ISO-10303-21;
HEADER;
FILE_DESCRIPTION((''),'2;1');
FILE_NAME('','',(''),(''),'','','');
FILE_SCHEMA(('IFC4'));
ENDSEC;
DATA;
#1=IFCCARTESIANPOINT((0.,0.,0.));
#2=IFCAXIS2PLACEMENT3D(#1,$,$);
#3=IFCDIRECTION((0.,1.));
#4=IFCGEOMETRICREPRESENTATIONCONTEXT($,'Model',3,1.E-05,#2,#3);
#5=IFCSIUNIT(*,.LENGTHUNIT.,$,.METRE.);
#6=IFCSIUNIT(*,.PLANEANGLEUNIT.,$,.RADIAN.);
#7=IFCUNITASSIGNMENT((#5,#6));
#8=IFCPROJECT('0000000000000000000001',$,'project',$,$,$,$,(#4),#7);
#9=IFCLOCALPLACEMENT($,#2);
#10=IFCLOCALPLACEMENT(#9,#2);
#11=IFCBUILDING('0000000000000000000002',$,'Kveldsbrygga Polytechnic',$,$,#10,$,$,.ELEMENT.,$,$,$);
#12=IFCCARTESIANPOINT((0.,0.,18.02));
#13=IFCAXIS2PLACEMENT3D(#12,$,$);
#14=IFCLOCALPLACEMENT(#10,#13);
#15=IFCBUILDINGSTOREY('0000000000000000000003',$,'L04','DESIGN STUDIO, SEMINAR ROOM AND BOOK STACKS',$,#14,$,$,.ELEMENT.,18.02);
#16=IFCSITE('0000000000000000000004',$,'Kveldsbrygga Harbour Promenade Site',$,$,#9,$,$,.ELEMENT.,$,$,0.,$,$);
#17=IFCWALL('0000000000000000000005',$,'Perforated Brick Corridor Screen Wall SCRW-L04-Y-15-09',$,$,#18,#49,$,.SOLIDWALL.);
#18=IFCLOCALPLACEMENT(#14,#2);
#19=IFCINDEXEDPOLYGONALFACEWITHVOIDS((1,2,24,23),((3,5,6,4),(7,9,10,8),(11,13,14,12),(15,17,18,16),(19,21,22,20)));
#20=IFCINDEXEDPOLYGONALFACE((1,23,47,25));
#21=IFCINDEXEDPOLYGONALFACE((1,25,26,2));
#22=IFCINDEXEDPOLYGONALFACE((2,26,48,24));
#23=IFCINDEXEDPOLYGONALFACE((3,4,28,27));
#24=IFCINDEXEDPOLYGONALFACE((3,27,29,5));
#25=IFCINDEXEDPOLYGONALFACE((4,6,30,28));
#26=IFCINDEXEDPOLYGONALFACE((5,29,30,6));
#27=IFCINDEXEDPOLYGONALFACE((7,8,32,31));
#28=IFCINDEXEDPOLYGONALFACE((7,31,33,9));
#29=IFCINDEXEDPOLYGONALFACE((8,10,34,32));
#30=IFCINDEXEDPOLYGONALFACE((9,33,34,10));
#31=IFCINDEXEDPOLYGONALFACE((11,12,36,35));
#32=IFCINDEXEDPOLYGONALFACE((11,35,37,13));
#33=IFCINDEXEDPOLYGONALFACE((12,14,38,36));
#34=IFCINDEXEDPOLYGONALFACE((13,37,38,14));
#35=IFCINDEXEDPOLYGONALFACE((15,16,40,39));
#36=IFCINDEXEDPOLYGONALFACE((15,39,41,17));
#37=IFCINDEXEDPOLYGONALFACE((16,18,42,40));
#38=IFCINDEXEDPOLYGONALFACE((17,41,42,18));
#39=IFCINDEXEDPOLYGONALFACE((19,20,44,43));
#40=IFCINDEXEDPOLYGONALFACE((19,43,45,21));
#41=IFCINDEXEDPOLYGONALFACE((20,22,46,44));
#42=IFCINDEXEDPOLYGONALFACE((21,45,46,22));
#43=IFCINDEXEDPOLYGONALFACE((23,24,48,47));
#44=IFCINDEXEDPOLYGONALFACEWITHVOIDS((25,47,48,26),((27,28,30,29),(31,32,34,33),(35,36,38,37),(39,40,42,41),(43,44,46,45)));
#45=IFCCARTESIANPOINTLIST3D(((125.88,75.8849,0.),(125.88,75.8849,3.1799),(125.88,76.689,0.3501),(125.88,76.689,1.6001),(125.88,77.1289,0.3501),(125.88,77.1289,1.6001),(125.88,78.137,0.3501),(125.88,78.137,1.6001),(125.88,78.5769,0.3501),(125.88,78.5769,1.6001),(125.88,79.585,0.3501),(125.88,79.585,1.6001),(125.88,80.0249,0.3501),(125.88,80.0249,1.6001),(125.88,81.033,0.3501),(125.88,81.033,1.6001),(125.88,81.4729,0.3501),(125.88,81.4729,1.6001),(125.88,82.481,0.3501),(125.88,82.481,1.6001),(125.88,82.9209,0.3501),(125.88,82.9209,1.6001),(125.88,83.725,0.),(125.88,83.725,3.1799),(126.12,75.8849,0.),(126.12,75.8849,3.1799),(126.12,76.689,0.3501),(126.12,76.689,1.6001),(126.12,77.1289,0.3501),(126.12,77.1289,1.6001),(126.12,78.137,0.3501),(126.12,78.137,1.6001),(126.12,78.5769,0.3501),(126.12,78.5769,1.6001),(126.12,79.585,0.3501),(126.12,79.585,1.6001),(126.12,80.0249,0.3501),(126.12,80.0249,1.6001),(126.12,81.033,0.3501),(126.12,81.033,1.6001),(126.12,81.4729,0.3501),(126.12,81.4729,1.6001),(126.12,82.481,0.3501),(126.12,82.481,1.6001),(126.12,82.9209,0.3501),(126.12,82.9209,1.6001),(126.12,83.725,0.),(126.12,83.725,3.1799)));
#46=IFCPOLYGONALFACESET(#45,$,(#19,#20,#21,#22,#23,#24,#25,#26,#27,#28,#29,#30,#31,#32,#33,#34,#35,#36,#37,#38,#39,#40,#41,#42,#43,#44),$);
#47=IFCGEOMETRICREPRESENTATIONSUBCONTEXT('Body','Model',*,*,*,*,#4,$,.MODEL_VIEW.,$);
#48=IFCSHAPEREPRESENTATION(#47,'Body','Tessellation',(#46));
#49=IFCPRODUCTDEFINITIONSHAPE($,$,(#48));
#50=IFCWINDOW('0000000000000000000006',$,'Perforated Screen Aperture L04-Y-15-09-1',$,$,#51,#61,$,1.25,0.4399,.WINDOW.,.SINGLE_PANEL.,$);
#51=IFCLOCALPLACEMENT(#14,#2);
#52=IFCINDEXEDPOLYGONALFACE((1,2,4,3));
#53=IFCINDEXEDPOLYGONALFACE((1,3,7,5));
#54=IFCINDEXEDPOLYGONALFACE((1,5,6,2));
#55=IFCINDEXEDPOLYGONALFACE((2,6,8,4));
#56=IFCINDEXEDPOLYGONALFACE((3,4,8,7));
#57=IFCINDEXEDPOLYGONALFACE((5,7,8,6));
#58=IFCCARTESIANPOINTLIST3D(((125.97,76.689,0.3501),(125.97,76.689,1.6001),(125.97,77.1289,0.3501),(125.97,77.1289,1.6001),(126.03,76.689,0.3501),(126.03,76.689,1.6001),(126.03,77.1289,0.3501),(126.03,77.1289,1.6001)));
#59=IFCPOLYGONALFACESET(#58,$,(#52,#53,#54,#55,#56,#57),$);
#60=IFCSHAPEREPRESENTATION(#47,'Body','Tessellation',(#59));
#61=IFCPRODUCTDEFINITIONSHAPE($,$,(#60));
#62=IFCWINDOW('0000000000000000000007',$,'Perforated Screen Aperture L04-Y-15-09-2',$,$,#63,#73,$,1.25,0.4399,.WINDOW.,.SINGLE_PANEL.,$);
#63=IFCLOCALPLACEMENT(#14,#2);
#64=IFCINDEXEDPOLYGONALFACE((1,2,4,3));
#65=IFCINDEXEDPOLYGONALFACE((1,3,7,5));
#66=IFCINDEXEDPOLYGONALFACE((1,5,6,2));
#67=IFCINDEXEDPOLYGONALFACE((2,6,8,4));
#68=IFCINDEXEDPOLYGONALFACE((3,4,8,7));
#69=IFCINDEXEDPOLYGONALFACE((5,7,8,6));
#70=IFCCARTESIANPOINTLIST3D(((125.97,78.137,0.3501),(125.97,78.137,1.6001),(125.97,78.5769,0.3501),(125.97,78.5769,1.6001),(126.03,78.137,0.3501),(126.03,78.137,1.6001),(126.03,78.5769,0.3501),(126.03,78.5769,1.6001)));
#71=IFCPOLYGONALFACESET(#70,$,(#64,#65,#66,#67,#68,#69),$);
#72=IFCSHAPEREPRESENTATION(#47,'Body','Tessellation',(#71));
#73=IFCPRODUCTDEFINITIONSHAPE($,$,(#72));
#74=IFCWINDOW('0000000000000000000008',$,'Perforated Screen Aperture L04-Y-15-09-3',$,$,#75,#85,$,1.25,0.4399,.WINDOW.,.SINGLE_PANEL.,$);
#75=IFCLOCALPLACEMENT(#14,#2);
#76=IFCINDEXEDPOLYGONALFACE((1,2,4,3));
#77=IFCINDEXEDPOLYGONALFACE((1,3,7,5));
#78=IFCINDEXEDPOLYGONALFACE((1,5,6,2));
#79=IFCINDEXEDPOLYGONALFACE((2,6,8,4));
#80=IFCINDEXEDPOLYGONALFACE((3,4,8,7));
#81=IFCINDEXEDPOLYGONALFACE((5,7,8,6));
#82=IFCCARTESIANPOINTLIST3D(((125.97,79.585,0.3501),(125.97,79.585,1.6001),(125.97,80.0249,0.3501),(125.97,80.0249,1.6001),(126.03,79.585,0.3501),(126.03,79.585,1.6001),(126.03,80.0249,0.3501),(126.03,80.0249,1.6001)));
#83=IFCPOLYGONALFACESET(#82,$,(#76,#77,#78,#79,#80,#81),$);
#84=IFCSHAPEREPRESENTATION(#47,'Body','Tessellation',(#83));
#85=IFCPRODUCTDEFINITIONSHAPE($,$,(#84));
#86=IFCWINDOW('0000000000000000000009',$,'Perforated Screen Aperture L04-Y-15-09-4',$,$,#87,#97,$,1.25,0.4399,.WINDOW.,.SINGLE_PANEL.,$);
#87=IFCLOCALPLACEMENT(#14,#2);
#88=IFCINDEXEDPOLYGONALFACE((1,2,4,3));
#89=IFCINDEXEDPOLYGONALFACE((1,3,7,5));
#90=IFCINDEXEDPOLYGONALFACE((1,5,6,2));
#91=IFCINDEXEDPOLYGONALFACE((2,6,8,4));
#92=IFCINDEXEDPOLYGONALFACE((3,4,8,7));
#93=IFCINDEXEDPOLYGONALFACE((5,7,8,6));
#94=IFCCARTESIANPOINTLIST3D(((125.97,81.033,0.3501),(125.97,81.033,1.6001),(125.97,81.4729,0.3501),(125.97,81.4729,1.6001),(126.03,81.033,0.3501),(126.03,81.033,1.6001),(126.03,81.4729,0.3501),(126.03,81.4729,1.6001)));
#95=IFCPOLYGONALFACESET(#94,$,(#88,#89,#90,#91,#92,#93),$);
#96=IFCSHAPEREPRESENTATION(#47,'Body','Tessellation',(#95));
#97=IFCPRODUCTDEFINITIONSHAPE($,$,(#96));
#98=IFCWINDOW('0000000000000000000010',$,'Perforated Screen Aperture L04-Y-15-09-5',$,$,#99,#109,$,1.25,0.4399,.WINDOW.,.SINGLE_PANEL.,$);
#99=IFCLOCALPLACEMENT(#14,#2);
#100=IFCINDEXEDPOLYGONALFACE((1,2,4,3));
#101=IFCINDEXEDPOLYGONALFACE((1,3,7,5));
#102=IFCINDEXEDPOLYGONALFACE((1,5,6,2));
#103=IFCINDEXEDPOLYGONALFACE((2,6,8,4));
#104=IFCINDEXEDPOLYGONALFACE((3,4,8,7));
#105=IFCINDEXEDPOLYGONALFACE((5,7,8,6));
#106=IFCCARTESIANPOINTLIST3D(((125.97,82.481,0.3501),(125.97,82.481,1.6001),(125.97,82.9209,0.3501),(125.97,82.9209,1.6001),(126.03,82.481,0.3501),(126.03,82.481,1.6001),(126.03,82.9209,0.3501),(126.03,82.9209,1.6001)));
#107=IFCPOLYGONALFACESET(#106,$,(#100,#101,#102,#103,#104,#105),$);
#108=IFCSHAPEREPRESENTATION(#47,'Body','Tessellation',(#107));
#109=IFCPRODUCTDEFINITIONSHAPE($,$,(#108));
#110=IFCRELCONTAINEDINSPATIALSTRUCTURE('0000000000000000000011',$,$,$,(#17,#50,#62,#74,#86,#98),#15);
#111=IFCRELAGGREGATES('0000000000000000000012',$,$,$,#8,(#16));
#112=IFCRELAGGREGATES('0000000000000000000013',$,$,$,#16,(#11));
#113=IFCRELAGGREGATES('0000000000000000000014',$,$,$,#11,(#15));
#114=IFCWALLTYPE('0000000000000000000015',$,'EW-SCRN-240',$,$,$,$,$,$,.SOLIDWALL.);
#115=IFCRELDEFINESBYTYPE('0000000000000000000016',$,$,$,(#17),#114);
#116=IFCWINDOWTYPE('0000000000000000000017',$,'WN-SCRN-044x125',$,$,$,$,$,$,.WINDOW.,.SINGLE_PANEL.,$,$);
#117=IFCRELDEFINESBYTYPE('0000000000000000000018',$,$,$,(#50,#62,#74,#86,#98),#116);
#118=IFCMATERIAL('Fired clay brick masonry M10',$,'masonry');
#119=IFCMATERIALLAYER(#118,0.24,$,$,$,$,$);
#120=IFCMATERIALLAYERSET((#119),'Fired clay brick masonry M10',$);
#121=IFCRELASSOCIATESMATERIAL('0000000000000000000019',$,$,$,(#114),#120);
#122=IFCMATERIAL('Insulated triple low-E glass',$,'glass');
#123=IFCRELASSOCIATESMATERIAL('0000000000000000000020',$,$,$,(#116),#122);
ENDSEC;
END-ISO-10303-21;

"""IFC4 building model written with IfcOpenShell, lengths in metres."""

from ifc_helpers import new_model, si_unit, direction, frame, frame_2d, origin, place, context, subcontext, project, spatial, rectangle, extrude, material, layer, layer_set, type_object, element, fill, save


model = new_model("IFC4")

# Units and contexts
model_context = context("Model", 3, precision=1e-05, world=origin(), true_north=direction((0.0, 1.0)))
body_context = subcontext(model_context, "Body", "Model", "MODEL_VIEW")
ifc_project = project(units=[si_unit("LENGTHUNIT", "METRE"), si_unit("PLANEANGLEUNIT", "RADIAN")], contexts=[model_context])

# Site, building, storey
site_placement = place(None, origin())
site = spatial("IfcSite", under=ifc_project, at=site_placement, Name="Kveldsbrygga Harbour Promenade Site", CompositionType="ELEMENT", RefElevation=0.0)
building_placement = place(site_placement, origin())
building = spatial("IfcBuilding", under=site, at=building_placement, Name="Kveldsbrygga Polytechnic", CompositionType="ELEMENT")
storey_placement = place(building_placement, frame((0.0, 0.0, 18.02)))
storey = spatial("IfcBuildingStorey", under=building, at=storey_placement, Name="L04", Description="DESIGN STUDIO, SEMINAR ROOM AND BOOK STACKS", CompositionType="ELEMENT", Elevation=18.02)

# Shared definitions
ifc_material_1 = material(Name="Insulated triple low-E glass", Category="glass")

# Wall, openings, windows
ifc_material_2 = material(Name="Fired clay brick masonry M10", Category="masonry")
ifc_layer_1 = layer(ifc_material_2, 0.24)
ifc_layer_set_1 = layer_set([ifc_layer_1], Name="Fired clay brick masonry M10")
wall_type = type_object("IfcWallType", Name="EW-SCRN-240", PredefinedType="SOLIDWALL", material=ifc_layer_set_1)
wall_placement = place(storey_placement, frame((126.0, 75.885, 0.0), z_axis=(0.0, 0.0, 1.0), x_axis=(0.0, 1.0, 0.0)))
wall = element("IfcWall", 1, at=wall_placement, inside=storey, type_object=wall_type, Name="Perforated Brick Corridor Screen Wall SCRW-L04-Y-15-09", PredefinedType="SOLIDWALL", context=body_context, shape_type="SweptSolid", body=[
    extrude(rectangle(XDim=7.8401, YDim=0.24, at=frame_2d((3.9199, 0.0))), origin(), (0.0, 0.0, 1.0), 3.1799),
])
opening_1_placement = place(wall_placement, frame((0.804, 0.0, 0.3501)))
opening_1 = element("IfcOpeningElement", 2, at=opening_1_placement, cuts=wall, PredefinedType="OPENING", context=body_context, shape_type="SweptSolid", body=[
    extrude(rectangle(XDim=0.4399, YDim=1.25, at=frame_2d((0.22, 0.625))), frame((0.0, 0.1299, 0.0), z_axis=(0.0, -1.0, 0.0), x_axis=(1.0, 0.0, 0.0)), (0.0, 0.0, 1.0), 0.26),
])
opening_2_placement = place(wall_placement, frame((2.252, 0.0, 0.3501)))
opening_2 = element("IfcOpeningElement", 3, at=opening_2_placement, cuts=wall, PredefinedType="OPENING", context=body_context, shape_type="SweptSolid", body=[
    extrude(rectangle(XDim=0.4399, YDim=1.25, at=frame_2d((0.22, 0.625))), frame((0.0, 0.1299, 0.0), z_axis=(0.0, -1.0, 0.0), x_axis=(1.0, 0.0, 0.0)), (0.0, 0.0, 1.0), 0.26),
])
opening_3_placement = place(wall_placement, frame((3.7, 0.0, 0.3501)))
opening_3 = element("IfcOpeningElement", 4, at=opening_3_placement, cuts=wall, PredefinedType="OPENING", context=body_context, shape_type="SweptSolid", body=[
    extrude(rectangle(XDim=0.4399, YDim=1.25, at=frame_2d((0.22, 0.625))), frame((0.0, 0.1299, 0.0), z_axis=(0.0, -1.0, 0.0), x_axis=(1.0, 0.0, 0.0)), (0.0, 0.0, 1.0), 0.26),
])
opening_4_placement = place(wall_placement, frame((5.1479, 0.0, 0.3501)))
opening_4 = element("IfcOpeningElement", 5, at=opening_4_placement, cuts=wall, PredefinedType="OPENING", context=body_context, shape_type="SweptSolid", body=[
    extrude(rectangle(XDim=0.4399, YDim=1.25, at=frame_2d((0.22, 0.625))), frame((0.0, 0.1299, 0.0), z_axis=(0.0, -1.0, 0.0), x_axis=(1.0, 0.0, 0.0)), (0.0, 0.0, 1.0), 0.26),
])
opening_5_placement = place(wall_placement, frame((6.5959, 0.0, 0.3501)))
opening_5 = element("IfcOpeningElement", 6, at=opening_5_placement, cuts=wall, PredefinedType="OPENING", context=body_context, shape_type="SweptSolid", body=[
    extrude(rectangle(XDim=0.4399, YDim=1.25, at=frame_2d((0.22, 0.625))), frame((0.0, 0.1299, 0.0), z_axis=(0.0, -1.0, 0.0), x_axis=(1.0, 0.0, 0.0)), (0.0, 0.0, 1.0), 0.26),
])
window_type = type_object("IfcWindowType", Name="WN-SCRN-044x125", PartitioningType="SINGLE_PANEL", PredefinedType="WINDOW", material=ifc_material_1)
window_1_placement = place(opening_1_placement, origin())
window_1 = element("IfcWindow", 7, at=window_1_placement, inside=storey, type_object=window_type, Name="Perforated Screen Aperture L04-Y-15-09-1", OverallHeight=1.25, OverallWidth=0.4399, PartitioningType="SINGLE_PANEL", PredefinedType="WINDOW", context=body_context, shape_type="SweptSolid", body=[
    extrude(rectangle(XDim=0.4399, YDim=1.25, at=frame_2d((0.22, 0.625))), frame((0.0, 0.03, 0.0), z_axis=(0.0, -1.0, 0.0), x_axis=(1.0, 0.0, 0.0)), (0.0, 0.0, 1.0), 0.0601),
])
fill(opening_1, window_1)
window_2_placement = place(opening_2_placement, origin())
window_2 = element("IfcWindow", 8, at=window_2_placement, inside=storey, type_object=window_type, Name="Perforated Screen Aperture L04-Y-15-09-2", OverallHeight=1.25, OverallWidth=0.4399, PartitioningType="SINGLE_PANEL", PredefinedType="WINDOW", context=body_context, shape_type="SweptSolid", body=[
    extrude(rectangle(XDim=0.4399, YDim=1.25, at=frame_2d((0.22, 0.625))), frame((0.0, 0.03, 0.0), z_axis=(0.0, -1.0, 0.0), x_axis=(1.0, 0.0, 0.0)), (0.0, 0.0, 1.0), 0.0601),
])
fill(opening_2, window_2)
window_3_placement = place(opening_3_placement, origin())
window_3 = element("IfcWindow", 9, at=window_3_placement, inside=storey, type_object=window_type, Name="Perforated Screen Aperture L04-Y-15-09-3", OverallHeight=1.25, OverallWidth=0.4399, PartitioningType="SINGLE_PANEL", PredefinedType="WINDOW", context=body_context, shape_type="SweptSolid", body=[
    extrude(rectangle(XDim=0.4399, YDim=1.25, at=frame_2d((0.22, 0.625))), frame((0.0, 0.03, 0.0), z_axis=(0.0, -1.0, 0.0), x_axis=(1.0, 0.0, 0.0)), (0.0, 0.0, 1.0), 0.0601),
])
fill(opening_3, window_3)
window_4_placement = place(opening_4_placement, origin())
window_4 = element("IfcWindow", 10, at=window_4_placement, inside=storey, type_object=window_type, Name="Perforated Screen Aperture L04-Y-15-09-4", OverallHeight=1.25, OverallWidth=0.4399, PartitioningType="SINGLE_PANEL", PredefinedType="WINDOW", context=body_context, shape_type="SweptSolid", body=[
    extrude(rectangle(XDim=0.4399, YDim=1.25, at=frame_2d((0.22, 0.625))), frame((0.0, 0.03, 0.0), z_axis=(0.0, -1.0, 0.0), x_axis=(1.0, 0.0, 0.0)), (0.0, 0.0, 1.0), 0.0601),
])
fill(opening_4, window_4)
window_5_placement = place(opening_5_placement, origin())
window_5 = element("IfcWindow", 11, at=window_5_placement, inside=storey, type_object=window_type, Name="Perforated Screen Aperture L04-Y-15-09-5", OverallHeight=1.25, OverallWidth=0.4399, PartitioningType="SINGLE_PANEL", PredefinedType="WINDOW", context=body_context, shape_type="SweptSolid", body=[
    extrude(rectangle(XDim=0.4399, YDim=1.25, at=frame_2d((0.22, 0.625))), frame((0.0, 0.03, 0.0), z_axis=(0.0, -1.0, 0.0), x_axis=(1.0, 0.0, 0.0)), (0.0, 0.0, 1.0), 0.0601),
])
fill(opening_5, window_5)

save(model, "model.ifc")
